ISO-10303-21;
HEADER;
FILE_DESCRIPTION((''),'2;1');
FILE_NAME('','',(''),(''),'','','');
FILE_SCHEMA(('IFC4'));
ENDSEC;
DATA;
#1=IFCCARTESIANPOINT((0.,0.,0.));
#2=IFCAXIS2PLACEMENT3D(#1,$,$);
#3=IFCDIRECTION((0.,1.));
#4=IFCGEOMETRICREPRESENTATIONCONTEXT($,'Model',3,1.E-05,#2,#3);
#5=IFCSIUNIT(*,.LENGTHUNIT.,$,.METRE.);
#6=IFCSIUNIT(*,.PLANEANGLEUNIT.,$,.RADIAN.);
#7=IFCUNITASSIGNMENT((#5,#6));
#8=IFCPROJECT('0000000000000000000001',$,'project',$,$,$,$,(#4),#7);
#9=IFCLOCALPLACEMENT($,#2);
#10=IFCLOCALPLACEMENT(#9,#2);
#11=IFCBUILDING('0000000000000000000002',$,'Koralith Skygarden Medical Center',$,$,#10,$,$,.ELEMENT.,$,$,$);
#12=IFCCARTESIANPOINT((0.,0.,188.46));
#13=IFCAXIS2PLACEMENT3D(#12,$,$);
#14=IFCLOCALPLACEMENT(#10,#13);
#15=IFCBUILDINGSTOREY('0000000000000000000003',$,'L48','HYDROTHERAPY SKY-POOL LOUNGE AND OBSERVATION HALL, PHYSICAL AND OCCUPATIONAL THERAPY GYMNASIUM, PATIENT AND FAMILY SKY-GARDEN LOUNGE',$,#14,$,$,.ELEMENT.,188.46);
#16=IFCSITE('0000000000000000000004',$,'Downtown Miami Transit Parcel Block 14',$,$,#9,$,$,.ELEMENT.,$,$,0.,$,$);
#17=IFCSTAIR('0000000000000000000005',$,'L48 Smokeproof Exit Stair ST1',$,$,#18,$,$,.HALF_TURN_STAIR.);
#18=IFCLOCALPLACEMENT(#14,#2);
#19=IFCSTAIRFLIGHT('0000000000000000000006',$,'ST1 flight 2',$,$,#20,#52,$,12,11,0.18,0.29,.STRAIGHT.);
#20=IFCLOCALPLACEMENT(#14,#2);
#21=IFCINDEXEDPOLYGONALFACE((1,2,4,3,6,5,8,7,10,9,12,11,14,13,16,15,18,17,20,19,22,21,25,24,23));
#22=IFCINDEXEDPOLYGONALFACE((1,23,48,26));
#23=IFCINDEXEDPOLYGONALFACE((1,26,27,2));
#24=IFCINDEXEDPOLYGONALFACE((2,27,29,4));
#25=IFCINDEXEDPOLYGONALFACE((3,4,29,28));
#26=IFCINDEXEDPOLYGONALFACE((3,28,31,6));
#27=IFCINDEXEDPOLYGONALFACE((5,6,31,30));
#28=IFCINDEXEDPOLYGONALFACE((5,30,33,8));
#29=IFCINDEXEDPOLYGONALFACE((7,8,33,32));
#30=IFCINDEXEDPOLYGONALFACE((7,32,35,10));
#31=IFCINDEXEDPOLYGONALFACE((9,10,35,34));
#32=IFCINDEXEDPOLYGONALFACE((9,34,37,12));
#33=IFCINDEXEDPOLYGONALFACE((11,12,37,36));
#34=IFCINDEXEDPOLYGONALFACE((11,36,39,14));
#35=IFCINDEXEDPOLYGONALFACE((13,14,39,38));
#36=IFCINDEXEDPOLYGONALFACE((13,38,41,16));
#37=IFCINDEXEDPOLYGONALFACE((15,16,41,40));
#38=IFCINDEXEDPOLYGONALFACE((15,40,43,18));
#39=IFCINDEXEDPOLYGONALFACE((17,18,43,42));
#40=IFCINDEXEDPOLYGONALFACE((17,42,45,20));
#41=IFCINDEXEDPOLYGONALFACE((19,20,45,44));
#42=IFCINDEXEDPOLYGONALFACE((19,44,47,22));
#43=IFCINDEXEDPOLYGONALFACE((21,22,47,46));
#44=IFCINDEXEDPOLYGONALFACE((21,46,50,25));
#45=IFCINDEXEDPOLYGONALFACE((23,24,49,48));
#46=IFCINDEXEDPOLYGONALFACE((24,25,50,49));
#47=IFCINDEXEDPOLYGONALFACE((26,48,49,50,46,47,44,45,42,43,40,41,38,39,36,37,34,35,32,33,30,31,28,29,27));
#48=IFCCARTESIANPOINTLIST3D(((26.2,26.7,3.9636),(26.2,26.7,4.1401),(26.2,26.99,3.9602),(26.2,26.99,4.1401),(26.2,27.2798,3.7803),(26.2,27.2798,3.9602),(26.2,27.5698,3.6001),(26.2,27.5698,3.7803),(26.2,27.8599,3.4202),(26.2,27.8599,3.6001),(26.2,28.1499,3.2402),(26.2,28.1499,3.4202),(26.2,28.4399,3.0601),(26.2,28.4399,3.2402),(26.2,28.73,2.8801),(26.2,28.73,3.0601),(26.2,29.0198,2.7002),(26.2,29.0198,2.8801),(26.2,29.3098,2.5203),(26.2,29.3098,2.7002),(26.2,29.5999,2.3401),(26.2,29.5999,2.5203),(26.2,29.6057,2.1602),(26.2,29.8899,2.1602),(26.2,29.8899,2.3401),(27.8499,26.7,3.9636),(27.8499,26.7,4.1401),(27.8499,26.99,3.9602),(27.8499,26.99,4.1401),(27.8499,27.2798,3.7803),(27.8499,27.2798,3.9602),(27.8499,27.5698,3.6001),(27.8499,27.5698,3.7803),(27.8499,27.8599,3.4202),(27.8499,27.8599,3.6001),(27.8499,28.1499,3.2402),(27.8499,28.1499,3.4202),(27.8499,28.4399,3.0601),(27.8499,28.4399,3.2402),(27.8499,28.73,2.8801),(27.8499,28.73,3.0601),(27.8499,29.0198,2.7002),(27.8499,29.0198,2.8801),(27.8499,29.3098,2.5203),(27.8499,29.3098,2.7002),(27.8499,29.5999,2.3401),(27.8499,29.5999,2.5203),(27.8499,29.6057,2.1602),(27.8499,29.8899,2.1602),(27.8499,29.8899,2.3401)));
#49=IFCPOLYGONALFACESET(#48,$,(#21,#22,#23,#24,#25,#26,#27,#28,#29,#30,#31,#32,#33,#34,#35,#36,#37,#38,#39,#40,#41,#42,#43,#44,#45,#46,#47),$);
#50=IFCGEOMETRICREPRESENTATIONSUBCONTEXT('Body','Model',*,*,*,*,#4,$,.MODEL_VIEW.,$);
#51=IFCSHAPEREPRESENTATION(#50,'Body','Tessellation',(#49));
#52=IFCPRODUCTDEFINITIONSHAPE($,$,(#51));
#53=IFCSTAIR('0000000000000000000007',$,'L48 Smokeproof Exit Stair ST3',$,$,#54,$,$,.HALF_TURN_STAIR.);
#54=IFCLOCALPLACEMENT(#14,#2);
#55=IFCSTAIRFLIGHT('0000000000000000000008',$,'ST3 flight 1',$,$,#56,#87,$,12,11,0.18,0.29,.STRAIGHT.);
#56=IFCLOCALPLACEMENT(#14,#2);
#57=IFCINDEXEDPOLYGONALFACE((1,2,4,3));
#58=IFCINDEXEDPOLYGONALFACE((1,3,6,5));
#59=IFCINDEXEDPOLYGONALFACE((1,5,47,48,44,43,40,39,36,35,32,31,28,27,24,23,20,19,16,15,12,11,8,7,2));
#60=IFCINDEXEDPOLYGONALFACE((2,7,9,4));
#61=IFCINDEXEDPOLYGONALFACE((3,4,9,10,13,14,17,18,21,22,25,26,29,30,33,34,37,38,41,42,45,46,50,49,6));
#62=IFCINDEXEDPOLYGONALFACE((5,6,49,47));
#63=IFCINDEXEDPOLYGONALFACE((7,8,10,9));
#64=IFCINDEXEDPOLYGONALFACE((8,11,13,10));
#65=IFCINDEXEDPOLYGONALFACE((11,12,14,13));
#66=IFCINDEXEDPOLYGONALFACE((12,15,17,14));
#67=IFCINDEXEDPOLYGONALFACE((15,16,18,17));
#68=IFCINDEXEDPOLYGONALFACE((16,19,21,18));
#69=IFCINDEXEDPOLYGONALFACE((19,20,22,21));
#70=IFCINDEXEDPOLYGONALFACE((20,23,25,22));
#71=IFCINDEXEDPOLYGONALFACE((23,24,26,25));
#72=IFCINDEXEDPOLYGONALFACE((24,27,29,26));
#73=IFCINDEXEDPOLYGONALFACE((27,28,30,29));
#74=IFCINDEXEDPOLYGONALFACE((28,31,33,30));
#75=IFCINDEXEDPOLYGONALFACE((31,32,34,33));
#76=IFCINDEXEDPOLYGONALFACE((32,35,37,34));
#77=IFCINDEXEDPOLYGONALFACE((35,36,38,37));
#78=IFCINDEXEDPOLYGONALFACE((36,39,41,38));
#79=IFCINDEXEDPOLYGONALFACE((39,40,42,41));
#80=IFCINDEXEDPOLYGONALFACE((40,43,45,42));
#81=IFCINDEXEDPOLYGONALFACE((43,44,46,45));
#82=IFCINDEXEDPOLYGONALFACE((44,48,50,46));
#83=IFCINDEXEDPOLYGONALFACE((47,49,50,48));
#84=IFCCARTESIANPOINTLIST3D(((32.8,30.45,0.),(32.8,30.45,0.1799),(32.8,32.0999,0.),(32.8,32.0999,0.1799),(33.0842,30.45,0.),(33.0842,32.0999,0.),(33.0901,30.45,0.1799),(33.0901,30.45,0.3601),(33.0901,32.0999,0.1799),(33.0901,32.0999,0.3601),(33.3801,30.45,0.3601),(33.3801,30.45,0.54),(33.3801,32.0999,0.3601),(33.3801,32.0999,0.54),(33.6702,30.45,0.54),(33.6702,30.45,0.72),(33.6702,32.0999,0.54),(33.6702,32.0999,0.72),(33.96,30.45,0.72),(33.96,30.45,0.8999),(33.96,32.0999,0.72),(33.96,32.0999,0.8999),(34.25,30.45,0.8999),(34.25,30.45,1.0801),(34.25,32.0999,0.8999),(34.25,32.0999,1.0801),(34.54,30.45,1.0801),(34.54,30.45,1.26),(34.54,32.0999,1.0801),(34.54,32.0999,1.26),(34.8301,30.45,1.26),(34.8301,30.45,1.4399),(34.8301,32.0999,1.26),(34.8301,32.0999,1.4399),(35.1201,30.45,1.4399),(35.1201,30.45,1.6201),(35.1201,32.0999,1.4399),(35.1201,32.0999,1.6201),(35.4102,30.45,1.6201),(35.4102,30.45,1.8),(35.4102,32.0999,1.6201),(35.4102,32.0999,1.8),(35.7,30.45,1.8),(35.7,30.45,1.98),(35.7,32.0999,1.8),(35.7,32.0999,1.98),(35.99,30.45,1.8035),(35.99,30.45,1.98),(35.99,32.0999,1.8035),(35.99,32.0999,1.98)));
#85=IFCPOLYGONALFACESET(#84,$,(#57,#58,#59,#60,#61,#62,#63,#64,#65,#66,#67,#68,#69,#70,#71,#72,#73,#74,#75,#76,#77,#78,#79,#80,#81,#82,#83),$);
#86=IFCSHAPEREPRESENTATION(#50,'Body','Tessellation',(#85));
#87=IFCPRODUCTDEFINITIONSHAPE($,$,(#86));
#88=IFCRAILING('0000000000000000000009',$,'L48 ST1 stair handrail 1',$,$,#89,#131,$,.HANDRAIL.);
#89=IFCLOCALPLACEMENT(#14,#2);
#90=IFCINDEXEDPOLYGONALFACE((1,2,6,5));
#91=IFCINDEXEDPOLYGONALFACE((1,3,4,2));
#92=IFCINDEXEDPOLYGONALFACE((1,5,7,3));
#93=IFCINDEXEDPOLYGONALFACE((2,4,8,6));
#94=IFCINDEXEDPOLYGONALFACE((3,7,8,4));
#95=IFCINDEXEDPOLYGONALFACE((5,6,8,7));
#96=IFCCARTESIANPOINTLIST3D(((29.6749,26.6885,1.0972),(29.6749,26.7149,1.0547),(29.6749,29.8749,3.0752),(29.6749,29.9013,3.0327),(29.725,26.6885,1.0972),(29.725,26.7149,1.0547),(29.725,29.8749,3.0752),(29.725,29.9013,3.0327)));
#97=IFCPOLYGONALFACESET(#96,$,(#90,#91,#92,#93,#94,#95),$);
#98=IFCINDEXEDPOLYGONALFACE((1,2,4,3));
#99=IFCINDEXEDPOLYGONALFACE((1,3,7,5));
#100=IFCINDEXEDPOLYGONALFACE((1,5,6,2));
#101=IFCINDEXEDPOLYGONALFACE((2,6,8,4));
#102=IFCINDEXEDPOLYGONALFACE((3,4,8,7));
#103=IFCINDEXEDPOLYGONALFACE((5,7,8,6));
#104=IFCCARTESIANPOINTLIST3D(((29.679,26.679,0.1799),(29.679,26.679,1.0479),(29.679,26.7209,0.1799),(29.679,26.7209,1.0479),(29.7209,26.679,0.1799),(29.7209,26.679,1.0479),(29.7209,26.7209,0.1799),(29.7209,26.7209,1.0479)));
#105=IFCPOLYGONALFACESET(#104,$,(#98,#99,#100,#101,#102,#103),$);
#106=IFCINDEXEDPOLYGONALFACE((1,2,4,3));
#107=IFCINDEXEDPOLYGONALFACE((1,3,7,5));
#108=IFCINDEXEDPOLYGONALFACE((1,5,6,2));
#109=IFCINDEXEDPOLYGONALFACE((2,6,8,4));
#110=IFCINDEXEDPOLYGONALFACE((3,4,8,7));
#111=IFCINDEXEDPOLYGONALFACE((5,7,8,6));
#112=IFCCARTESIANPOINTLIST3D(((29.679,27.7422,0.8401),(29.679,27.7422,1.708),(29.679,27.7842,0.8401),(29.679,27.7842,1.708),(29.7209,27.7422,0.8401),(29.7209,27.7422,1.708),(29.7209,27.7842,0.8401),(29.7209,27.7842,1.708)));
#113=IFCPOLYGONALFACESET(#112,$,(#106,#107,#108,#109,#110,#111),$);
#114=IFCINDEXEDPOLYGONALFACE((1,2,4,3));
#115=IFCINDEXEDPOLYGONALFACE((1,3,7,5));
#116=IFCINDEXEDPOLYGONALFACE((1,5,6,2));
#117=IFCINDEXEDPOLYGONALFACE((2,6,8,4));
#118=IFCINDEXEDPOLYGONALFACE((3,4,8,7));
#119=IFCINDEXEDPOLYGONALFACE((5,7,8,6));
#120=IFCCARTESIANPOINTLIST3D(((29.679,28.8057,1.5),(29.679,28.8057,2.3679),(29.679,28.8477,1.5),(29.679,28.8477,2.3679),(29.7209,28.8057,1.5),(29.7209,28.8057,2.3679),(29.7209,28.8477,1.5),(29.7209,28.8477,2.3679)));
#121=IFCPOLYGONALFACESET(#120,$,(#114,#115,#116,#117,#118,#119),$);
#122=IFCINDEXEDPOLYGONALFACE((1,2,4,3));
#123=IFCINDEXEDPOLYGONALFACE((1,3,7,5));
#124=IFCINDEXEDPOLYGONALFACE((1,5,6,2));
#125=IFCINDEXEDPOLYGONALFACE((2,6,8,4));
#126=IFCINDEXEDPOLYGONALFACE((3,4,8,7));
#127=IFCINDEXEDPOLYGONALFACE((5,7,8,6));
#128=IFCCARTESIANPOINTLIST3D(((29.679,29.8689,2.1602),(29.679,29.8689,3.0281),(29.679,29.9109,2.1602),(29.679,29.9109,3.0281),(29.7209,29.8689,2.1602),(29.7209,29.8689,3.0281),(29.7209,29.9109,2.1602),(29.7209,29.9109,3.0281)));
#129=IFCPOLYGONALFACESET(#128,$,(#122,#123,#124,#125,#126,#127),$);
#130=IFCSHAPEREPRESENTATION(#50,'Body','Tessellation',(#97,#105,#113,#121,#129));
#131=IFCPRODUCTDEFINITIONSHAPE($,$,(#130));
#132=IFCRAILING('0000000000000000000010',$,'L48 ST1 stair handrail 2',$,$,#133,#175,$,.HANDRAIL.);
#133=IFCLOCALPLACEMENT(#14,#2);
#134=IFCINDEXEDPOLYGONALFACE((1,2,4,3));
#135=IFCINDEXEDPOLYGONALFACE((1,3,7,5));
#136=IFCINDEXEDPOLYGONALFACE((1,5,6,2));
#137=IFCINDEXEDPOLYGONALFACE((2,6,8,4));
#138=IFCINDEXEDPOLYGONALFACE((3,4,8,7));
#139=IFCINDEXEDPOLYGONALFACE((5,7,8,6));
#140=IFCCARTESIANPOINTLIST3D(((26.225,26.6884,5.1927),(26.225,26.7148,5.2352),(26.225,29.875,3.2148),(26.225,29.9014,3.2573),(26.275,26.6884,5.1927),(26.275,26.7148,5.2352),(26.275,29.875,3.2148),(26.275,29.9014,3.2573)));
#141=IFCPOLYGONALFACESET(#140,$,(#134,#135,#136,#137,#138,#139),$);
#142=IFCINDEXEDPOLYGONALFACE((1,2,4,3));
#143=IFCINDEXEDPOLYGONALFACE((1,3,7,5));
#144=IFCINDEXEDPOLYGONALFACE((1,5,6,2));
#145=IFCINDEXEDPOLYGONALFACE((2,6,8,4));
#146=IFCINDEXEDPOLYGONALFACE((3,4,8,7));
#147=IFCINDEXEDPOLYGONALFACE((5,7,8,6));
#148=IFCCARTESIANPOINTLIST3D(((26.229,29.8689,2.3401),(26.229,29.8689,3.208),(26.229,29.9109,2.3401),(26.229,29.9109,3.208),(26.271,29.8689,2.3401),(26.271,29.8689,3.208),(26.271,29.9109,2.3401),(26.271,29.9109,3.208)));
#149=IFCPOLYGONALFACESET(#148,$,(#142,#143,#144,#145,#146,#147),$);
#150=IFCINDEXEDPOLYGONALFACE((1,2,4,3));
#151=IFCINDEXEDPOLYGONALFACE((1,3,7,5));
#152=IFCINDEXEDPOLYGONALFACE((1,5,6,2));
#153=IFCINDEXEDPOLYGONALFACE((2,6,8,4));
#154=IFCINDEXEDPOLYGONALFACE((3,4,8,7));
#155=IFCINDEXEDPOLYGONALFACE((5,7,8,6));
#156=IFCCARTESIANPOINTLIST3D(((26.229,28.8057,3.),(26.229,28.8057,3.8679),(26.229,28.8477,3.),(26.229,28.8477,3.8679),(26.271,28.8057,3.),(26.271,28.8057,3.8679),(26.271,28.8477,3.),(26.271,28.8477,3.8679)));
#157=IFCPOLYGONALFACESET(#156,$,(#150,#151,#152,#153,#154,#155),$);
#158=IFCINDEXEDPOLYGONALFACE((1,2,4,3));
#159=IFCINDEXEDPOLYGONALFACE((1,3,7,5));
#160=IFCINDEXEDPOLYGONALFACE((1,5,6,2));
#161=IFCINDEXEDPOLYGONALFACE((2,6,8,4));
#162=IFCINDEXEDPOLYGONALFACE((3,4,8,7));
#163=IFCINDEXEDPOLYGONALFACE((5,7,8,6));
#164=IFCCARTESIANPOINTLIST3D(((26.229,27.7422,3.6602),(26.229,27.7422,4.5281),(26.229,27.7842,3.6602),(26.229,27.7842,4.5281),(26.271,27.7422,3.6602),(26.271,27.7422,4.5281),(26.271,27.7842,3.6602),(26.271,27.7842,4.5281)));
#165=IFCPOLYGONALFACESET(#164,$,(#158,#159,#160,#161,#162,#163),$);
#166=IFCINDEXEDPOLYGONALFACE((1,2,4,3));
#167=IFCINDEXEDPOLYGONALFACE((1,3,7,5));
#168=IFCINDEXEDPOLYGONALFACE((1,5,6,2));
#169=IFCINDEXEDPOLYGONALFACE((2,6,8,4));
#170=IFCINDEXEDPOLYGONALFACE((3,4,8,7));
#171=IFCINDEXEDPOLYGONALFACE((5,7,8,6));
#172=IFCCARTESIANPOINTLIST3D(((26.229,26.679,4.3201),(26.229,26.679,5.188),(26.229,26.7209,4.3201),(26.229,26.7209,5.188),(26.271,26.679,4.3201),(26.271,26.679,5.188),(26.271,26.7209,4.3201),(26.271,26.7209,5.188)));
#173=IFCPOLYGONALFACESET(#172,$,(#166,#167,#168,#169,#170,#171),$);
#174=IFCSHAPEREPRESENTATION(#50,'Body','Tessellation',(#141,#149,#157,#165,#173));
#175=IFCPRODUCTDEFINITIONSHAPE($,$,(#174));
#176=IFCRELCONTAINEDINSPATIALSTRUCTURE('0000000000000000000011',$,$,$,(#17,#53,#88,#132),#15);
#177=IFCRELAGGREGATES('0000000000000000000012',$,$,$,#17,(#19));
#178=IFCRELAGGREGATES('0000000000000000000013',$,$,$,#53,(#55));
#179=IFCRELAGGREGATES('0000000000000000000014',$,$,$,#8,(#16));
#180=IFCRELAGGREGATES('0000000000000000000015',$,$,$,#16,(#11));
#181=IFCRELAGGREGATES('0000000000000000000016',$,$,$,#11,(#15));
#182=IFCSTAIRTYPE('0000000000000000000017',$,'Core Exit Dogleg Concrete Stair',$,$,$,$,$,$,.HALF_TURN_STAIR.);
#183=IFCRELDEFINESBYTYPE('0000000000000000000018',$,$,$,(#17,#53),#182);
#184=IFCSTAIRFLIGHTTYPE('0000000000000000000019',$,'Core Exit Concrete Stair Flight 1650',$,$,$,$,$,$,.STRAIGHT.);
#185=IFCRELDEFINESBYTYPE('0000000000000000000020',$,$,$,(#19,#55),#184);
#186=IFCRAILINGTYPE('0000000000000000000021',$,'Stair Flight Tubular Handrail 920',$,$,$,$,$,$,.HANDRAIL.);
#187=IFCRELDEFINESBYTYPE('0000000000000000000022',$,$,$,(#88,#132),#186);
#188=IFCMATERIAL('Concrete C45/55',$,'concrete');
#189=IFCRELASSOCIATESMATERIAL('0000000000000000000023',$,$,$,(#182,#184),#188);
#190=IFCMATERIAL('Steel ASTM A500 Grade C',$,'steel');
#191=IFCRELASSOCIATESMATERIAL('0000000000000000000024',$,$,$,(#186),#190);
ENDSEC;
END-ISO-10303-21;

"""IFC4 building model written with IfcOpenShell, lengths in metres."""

from ifc_helpers import new_model, si_unit, direction, frame, origin, origin_2d, place, context, subcontext, project, spatial, polyline, rectangle, outline, extrude, material, type_object, element, aggregate, save


model = new_model("IFC4")

# Units and contexts
model_context = context("Model", 3, precision=1e-05, world=origin(), true_north=direction((0.0, 1.0)))
body_context = subcontext(model_context, "Body", "Model", "MODEL_VIEW")
ifc_project = project(units=[si_unit("LENGTHUNIT", "METRE"), si_unit("PLANEANGLEUNIT", "RADIAN")], contexts=[model_context])

# Site, building, storey
site_placement = place(None, origin())
site = spatial("IfcSite", under=ifc_project, at=site_placement, Name="Downtown Miami Transit Parcel Block 14", CompositionType="ELEMENT", RefElevation=0.0)
building_placement = place(site_placement, origin())
building = spatial("IfcBuilding", under=site, at=building_placement, Name="Koralith Skygarden Medical Center", CompositionType="ELEMENT")
storey_placement = place(building_placement, frame((0.0, 0.0, 188.46)))
storey = spatial("IfcBuildingStorey", under=building, at=storey_placement, Name="L48", Description="HYDROTHERAPY SKY-POOL LOUNGE AND OBSERVATION HALL, PHYSICAL AND OCCUPATIONAL THERAPY GYMNASIUM, PATIENT AND FAMILY SKY-GARDEN LOUNGE", CompositionType="ELEMENT", Elevation=188.46)

# Shared definitions
ifc_material_1 = material(Name="Concrete C45/55", Category="concrete")

# Stair, stair flight
stair_type = type_object("IfcStairType", Name="Core Exit Dogleg Concrete Stair", PredefinedType="HALF_TURN_STAIR", material=ifc_material_1)
stair_1_placement = place(storey_placement, origin())
stair_1 = element("IfcStair", 1, at=stair_1_placement, inside=storey, type_object=stair_type, Name="L48 Smokeproof Exit Stair ST1", PredefinedType="HALF_TURN_STAIR")
stair_flight_type = type_object("IfcStairFlightType", Name="Core Exit Concrete Stair Flight 1650", PredefinedType="STRAIGHT", material=ifc_material_1)
stair_flight_1_placement = place(storey_placement, frame((27.0249, 29.8899, 2.1602), z_axis=(0.0, 0.0, 1.0), x_axis=(0.0, -1.0, 0.0)))
stair_flight_1 = element("IfcStairFlight", 2, at=stair_flight_1_placement, type_object=stair_flight_type, Name="ST1 flight 2", NumberOfRisers=12, NumberOfTreads=11, PredefinedType="STRAIGHT", RiserHeight=0.18, TreadLength=0.29, context=body_context, shape_type="SweptSolid", body=[
    extrude(outline(polyline([(0.0, 0.0), (0.0, 0.1799), (0.29, 0.1799), (0.29, 0.3601), (0.5801, 0.3601), (0.5801, 0.54), (0.8701, 0.54), (0.8701, 0.72), (1.1599, 0.72), (1.1599, 0.8999), (1.45, 0.8999), (1.45, 1.0801), (1.74, 1.0801), (1.74, 1.26), (2.03, 1.26), (2.03, 1.4399), (2.3201, 1.4399), (2.3201, 1.6201), (2.6101, 1.6201), (2.6101, 1.8), (2.8999, 1.8), (2.8999, 1.98), (3.1899, 1.98), (3.1899, 2.1599), (3.1899, 1.8035), (0.2842, 0.0), (0.0, 0.0)])), frame((0.0, 0.825, 0.0), z_axis=(0.0, -1.0, 0.0), x_axis=(1.0, 0.0, 0.0)), (0.0, 0.0, 1.0), 1.6499),
])
aggregate(stair_1, [stair_flight_1])

# Stair, stair flight
stair_2_placement = place(storey_placement, origin())
stair_2 = element("IfcStair", 3, at=stair_2_placement, inside=storey, type_object=stair_type, Name="L48 Smokeproof Exit Stair ST3", PredefinedType="HALF_TURN_STAIR")
stair_flight_2_placement = place(storey_placement, frame((32.8, 31.2749, 0.0), z_axis=(0.0, 0.0, 1.0), x_axis=(1.0, 0.0, 0.0)))
stair_flight_2 = element("IfcStairFlight", 4, at=stair_flight_2_placement, type_object=stair_flight_type, Name="ST3 flight 1", NumberOfRisers=12, NumberOfTreads=11, PredefinedType="STRAIGHT", RiserHeight=0.18, TreadLength=0.29, context=body_context, shape_type="SweptSolid", body=[
    extrude(outline(polyline([(0.0, 0.0), (0.0, 0.1799), (0.29, 0.1799), (0.29, 0.3601), (0.5801, 0.3601), (0.5801, 0.54), (0.8701, 0.54), (0.8701, 0.72), (1.1599, 0.72), (1.1599, 0.8999), (1.45, 0.8999), (1.45, 1.0801), (1.74, 1.0801), (1.74, 1.26), (2.03, 1.26), (2.03, 1.4399), (2.3201, 1.4399), (2.3201, 1.6201), (2.6101, 1.6201), (2.6101, 1.8), (2.8999, 1.8), (2.8999, 1.98), (3.1899, 1.98), (3.1899, 2.1599), (3.1899, 1.8035), (0.2842, 0.0), (0.0, 0.0)])), frame((0.0, 0.825, 0.0), z_axis=(0.0, -1.0, 0.0), x_axis=(1.0, 0.0, 0.0)), (0.0, 0.0, 1.0), 1.6499),
])
aggregate(stair_2, [stair_flight_2])

# Railings
ifc_material_2 = material(Name="Steel ASTM A500 Grade C", Category="steel")
railing_type_1 = type_object("IfcRailingType", Name="Stair Flight Tubular Handrail 920", PredefinedType="HANDRAIL", material=ifc_material_2)
railing_1_placement = place(storey_placement, frame((29.7, 26.7, 0.1799)))
element("IfcRailing", 5, at=railing_1_placement, inside=storey, type_object=railing_type_1, Name="L48 ST1 stair handrail 1", PredefinedType="HANDRAIL", context=body_context, shape_type="SweptSolid", body=[
    extrude(rectangle(XDim=0.05, YDim=0.05, at=origin_2d()), frame((0.0, 0.0017, 0.896), z_axis=(0.0, 0.849609, 0.527413), x_axis=(-1.0, 0.0, 0.0)), (0.0, 0.0, 1.0), 3.7505),
    extrude(rectangle(XDim=0.042, YDim=0.042, at=origin_2d()), origin(), (0.0, 0.0, 1.0), 0.8679),
    extrude(rectangle(XDim=0.042, YDim=0.042, at=origin_2d()), frame((0.0, 1.0632, 0.6602)), (0.0, 0.0, 1.0), 0.8679),
    extrude(rectangle(XDim=0.042, YDim=0.042, at=origin_2d()), frame((0.0, 2.1267, 1.3201)), (0.0, 0.0, 1.0), 0.8679),
    extrude(rectangle(XDim=0.042, YDim=0.042, at=origin_2d()), frame((0.0, 3.1899, 1.9802)), (0.0, 0.0, 1.0), 0.8679),
])
railing_2_placement = place(storey_placement, frame((26.25, 29.8899, 2.3401)))
element("IfcRailing", 6, at=railing_2_placement, inside=storey, type_object=railing_type_1, Name="L48 ST1 stair handrail 2", PredefinedType="HANDRAIL", context=body_context, shape_type="SweptSolid", body=[
    extrude(rectangle(XDim=0.05, YDim=0.05, at=origin_2d()), frame((0.0, -0.0017, 0.896), z_axis=(0.0, -0.849638, 0.527366), x_axis=(1.0, 0.0, 0.0)), (0.0, 0.0, 1.0), 3.7505),
    extrude(rectangle(XDim=0.042, YDim=0.042, at=origin_2d()), origin(), (0.0, 0.0, 1.0), 0.8679),
    extrude(rectangle(XDim=0.042, YDim=0.042, at=origin_2d()), frame((0.0, -1.0632, 0.6599)), (0.0, 0.0, 1.0), 0.8679),
    extrude(rectangle(XDim=0.042, YDim=0.042, at=origin_2d()), frame((0.0, -2.1267, 1.3201)), (0.0, 0.0, 1.0), 0.8679),
    extrude(rectangle(XDim=0.042, YDim=0.042, at=origin_2d()), frame((0.0, -3.1899, 1.98)), (0.0, 0.0, 1.0), 0.8679),
])

save(model, "model.ifc")
